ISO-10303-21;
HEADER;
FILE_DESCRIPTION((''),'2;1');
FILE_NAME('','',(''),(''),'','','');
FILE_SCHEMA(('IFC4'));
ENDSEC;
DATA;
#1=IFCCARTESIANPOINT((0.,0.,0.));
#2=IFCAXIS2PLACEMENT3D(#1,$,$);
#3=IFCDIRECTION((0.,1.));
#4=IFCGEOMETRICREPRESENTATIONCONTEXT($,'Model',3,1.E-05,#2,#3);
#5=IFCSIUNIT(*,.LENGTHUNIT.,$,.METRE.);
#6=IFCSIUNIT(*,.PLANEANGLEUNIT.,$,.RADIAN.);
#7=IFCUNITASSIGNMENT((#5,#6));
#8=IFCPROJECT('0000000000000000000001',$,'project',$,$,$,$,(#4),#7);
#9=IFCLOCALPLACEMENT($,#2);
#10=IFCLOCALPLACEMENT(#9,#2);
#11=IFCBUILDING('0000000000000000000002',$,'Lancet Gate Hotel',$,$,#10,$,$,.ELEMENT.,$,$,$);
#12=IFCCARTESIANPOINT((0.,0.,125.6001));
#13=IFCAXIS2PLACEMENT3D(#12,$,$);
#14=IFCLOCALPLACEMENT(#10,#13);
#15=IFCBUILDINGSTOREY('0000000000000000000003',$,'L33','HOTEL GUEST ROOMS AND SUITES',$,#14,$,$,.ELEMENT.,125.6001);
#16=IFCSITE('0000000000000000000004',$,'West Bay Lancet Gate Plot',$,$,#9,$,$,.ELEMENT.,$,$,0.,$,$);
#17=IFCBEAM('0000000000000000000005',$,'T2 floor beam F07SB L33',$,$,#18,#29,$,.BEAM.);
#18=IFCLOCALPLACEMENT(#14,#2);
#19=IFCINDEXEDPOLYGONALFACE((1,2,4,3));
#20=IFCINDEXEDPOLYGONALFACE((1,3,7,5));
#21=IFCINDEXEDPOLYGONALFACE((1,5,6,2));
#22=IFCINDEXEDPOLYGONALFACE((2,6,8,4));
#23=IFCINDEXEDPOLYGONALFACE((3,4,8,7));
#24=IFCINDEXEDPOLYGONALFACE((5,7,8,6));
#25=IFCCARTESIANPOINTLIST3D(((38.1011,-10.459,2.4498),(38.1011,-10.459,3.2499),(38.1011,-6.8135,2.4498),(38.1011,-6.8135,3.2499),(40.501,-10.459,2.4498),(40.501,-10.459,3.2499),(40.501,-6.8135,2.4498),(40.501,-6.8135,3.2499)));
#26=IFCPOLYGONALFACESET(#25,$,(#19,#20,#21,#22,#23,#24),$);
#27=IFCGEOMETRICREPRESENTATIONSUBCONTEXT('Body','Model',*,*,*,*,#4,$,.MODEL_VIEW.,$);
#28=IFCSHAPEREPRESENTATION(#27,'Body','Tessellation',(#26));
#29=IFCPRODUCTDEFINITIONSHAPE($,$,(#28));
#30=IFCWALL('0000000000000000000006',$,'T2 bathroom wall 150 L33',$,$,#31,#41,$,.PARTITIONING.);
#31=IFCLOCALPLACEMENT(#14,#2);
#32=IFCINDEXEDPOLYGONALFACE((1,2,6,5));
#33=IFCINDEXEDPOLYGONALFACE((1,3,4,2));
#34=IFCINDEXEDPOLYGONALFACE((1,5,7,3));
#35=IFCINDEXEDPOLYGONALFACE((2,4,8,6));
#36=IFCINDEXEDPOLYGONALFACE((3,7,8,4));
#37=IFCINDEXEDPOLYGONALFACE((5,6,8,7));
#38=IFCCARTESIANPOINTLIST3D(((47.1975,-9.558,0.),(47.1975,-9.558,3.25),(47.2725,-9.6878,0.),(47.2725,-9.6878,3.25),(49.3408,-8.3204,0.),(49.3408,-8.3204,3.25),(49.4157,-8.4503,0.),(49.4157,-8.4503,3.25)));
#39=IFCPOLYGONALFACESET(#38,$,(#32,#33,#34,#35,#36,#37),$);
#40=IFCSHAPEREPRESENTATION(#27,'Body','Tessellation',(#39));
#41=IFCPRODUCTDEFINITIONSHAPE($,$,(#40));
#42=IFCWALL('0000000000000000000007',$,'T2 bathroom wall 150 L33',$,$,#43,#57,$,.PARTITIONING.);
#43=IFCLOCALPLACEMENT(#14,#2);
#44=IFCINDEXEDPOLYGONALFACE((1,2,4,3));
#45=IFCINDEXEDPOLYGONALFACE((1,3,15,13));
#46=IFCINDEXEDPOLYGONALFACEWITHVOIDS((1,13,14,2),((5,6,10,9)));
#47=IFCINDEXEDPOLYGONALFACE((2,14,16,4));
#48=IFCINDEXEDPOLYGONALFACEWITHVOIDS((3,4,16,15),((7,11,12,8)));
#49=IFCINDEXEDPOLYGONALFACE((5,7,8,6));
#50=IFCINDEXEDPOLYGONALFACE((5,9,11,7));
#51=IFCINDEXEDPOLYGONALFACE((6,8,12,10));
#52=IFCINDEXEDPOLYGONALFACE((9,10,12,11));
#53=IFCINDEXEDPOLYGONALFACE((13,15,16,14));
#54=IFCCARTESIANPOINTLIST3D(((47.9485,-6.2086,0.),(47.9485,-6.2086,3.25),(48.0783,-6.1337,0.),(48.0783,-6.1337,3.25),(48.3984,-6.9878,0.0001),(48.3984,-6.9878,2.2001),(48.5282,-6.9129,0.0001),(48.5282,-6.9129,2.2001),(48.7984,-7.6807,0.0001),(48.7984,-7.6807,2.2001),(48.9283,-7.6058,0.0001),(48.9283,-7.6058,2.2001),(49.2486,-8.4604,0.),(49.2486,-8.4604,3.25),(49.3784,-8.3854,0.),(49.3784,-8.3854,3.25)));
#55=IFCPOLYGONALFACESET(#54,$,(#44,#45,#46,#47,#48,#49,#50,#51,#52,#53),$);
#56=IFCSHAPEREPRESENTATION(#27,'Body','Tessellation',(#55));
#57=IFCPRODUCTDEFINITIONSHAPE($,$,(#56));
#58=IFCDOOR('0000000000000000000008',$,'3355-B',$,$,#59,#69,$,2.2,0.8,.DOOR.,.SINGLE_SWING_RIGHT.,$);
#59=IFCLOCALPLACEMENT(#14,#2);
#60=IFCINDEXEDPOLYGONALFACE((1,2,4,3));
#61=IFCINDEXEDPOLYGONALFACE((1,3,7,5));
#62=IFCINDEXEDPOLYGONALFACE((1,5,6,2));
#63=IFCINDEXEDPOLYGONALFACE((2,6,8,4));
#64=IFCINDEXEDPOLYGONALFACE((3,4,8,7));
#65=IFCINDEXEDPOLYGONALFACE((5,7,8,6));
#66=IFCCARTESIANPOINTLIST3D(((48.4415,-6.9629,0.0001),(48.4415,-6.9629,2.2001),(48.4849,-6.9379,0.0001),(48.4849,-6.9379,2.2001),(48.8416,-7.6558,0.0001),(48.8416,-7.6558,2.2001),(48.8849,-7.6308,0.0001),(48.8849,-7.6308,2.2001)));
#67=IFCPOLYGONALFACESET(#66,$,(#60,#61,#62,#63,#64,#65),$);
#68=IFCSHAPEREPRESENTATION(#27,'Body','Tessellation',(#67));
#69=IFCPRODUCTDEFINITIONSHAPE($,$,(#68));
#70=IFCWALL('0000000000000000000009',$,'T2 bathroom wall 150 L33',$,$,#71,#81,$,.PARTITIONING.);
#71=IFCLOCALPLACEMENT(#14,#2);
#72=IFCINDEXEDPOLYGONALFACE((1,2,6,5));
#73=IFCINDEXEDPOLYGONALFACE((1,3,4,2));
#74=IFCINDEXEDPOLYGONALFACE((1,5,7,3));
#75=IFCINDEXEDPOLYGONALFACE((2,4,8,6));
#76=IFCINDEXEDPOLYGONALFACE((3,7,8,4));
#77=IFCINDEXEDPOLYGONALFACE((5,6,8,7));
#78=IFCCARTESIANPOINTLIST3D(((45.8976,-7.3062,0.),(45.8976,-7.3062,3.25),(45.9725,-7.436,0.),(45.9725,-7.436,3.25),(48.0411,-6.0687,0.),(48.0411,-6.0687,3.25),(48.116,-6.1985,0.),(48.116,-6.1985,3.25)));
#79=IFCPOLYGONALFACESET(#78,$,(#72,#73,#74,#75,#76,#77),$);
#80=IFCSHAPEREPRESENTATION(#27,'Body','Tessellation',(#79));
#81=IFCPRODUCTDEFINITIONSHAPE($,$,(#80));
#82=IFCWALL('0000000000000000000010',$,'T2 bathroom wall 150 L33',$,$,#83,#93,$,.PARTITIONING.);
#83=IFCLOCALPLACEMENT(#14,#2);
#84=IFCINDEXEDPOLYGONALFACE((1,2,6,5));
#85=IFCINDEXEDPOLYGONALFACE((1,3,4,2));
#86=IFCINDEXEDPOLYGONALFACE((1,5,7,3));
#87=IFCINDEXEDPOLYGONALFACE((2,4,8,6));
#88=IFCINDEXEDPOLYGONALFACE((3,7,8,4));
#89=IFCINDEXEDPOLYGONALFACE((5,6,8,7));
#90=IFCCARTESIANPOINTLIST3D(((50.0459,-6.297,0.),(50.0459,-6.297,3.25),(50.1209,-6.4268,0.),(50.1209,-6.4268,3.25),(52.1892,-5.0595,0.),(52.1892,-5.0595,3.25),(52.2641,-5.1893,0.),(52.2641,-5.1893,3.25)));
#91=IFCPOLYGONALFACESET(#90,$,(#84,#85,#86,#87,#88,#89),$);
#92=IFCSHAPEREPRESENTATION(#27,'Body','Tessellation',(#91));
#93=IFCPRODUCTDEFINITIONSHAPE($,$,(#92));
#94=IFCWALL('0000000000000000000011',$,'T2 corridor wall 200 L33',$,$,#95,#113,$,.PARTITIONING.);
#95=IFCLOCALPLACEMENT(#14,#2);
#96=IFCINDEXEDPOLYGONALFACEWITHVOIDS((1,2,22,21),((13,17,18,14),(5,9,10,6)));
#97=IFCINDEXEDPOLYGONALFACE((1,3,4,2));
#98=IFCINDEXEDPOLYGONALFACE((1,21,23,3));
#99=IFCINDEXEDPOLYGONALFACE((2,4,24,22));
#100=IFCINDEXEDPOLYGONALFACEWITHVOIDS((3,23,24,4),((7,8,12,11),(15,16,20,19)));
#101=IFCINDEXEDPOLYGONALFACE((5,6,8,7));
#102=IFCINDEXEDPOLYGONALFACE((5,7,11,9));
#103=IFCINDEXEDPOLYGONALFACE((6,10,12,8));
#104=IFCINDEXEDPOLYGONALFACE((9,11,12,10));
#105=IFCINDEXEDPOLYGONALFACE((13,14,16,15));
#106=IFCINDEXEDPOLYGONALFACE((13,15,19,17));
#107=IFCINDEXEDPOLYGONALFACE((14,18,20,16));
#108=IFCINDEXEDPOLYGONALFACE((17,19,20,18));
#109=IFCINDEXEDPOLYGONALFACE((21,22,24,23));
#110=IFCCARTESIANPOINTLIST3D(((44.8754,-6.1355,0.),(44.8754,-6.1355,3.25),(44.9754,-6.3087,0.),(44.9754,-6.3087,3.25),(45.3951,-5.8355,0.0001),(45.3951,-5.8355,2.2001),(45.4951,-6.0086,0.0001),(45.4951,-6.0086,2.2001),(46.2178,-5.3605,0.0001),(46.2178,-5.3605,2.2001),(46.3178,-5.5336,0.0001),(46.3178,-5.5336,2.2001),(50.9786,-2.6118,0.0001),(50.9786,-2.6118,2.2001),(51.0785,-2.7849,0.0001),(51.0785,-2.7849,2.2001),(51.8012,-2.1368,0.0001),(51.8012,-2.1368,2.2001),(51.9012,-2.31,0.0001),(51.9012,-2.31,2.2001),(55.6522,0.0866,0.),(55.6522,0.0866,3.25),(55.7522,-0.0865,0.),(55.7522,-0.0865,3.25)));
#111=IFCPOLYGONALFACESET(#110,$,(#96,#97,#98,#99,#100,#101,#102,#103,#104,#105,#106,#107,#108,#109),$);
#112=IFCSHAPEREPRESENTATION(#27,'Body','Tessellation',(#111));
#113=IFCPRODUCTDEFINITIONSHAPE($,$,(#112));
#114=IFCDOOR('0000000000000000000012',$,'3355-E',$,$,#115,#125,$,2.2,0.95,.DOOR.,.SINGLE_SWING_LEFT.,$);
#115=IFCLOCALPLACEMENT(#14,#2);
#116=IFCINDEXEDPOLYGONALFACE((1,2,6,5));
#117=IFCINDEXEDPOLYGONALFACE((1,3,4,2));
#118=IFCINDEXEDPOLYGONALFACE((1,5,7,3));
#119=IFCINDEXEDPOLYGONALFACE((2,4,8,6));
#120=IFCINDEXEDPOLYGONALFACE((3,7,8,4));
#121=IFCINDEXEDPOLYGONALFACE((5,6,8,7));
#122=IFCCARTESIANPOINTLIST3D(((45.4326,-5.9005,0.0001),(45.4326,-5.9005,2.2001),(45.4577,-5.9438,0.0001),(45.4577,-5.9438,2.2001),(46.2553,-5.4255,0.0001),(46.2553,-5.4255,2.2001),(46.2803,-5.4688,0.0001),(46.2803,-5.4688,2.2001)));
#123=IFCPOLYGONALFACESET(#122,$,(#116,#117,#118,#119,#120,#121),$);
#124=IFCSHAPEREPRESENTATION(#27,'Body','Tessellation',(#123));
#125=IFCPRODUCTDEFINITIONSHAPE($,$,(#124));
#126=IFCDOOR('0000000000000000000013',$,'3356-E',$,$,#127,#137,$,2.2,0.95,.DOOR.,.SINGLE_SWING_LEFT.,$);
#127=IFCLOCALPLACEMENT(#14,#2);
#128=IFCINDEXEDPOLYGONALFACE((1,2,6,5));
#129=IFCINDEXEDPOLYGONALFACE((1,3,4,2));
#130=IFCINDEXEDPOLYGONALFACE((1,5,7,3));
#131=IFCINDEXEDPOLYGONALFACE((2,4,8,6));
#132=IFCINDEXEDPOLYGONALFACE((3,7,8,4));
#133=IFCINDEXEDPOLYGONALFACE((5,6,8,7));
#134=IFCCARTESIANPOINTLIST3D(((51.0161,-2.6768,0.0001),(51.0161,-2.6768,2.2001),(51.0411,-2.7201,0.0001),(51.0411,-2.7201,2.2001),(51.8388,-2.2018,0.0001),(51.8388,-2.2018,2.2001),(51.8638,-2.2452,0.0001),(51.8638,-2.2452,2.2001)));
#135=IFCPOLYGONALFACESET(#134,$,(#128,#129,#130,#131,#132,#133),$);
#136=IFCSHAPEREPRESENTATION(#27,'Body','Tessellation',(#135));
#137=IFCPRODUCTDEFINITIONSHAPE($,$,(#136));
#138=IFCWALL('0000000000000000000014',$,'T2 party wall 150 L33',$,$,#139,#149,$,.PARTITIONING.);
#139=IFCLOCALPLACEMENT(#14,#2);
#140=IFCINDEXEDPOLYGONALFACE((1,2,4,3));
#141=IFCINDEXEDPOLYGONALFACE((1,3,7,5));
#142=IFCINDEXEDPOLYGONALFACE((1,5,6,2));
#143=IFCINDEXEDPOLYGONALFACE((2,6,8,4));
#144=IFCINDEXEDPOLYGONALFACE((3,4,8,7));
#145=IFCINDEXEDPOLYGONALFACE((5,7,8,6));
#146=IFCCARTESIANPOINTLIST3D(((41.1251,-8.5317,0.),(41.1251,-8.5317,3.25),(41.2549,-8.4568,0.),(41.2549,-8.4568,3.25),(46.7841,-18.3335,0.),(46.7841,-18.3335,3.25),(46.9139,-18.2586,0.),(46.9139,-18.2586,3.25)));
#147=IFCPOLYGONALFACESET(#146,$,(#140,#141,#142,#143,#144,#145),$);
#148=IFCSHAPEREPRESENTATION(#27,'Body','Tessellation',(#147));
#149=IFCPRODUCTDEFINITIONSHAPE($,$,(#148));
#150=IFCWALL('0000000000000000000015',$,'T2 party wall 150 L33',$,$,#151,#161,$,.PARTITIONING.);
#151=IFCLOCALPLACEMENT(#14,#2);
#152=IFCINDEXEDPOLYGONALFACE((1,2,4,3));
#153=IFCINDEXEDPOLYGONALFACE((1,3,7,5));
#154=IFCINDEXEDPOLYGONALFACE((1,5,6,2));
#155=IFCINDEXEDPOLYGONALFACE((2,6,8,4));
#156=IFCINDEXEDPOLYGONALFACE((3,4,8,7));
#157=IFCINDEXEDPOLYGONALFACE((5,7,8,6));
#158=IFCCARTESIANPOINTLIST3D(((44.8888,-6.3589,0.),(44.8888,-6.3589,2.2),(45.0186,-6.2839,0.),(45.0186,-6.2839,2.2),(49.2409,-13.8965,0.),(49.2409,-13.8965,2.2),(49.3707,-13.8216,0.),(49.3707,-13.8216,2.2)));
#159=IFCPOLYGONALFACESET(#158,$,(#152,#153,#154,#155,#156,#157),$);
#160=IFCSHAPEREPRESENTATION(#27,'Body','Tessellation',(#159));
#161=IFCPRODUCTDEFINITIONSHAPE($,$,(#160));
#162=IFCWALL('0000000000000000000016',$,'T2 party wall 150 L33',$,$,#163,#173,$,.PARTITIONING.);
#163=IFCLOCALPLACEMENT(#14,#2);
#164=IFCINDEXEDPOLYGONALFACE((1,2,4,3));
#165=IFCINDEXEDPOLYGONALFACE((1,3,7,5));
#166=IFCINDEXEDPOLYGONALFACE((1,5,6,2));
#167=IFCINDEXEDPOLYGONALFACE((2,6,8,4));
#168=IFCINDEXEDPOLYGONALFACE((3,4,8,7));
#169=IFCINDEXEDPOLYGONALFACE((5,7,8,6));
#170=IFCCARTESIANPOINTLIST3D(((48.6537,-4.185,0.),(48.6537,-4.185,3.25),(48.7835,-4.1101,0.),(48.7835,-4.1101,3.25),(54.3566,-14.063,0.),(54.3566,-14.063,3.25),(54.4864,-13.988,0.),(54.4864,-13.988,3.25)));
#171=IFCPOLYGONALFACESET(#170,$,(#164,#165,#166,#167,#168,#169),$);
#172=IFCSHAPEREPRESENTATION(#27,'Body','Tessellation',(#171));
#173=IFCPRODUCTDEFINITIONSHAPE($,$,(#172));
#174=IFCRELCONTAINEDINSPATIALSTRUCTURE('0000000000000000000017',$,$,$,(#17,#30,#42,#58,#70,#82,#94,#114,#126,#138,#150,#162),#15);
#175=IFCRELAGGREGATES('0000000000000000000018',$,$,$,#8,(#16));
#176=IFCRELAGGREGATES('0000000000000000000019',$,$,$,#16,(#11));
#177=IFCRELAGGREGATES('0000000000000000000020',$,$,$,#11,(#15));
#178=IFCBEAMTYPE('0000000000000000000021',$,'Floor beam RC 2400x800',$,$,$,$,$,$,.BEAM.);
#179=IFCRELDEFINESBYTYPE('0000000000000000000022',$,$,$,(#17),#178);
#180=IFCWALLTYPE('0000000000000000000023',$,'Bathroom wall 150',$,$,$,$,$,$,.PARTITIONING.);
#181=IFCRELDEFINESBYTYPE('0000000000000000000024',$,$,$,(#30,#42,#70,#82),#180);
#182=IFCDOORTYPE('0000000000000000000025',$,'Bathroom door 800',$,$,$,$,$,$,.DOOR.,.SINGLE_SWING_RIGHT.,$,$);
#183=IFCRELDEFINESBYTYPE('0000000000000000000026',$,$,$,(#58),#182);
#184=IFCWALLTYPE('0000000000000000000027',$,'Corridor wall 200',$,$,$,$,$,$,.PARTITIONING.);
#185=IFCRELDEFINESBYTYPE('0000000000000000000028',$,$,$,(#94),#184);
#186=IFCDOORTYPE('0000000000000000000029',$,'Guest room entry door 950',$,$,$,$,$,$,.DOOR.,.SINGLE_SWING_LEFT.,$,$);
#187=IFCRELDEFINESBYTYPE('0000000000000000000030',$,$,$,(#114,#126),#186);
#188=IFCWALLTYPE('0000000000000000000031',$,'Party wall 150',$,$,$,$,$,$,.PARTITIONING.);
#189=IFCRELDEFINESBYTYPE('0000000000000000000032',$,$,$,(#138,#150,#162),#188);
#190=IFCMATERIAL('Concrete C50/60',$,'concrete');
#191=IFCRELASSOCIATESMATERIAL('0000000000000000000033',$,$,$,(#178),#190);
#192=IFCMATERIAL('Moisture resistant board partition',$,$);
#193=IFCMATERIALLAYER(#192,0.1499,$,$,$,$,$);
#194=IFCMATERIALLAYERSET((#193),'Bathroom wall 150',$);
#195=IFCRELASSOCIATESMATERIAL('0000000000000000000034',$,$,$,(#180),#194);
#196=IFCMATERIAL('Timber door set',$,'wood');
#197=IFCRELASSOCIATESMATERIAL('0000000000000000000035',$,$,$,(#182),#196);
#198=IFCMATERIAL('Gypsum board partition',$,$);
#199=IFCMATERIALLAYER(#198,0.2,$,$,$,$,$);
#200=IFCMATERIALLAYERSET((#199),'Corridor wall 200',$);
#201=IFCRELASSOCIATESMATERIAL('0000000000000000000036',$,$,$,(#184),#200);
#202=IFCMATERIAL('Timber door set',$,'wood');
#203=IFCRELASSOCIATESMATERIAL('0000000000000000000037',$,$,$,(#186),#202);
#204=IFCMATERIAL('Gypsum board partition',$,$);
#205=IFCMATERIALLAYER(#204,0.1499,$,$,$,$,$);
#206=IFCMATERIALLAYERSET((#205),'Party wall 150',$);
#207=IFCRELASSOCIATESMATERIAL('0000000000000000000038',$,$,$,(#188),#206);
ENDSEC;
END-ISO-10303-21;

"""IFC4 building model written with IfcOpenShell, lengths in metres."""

from ifc_helpers import new_model, si_unit, direction, frame, frame_2d, origin, origin_2d, place, context, subcontext, project, spatial, rectangle, extrude, material, layer, layer_set, material_profile, profile_set, type_object, element, fill, save


model = new_model("IFC4")

# Units and contexts
model_context = context("Model", 3, precision=1e-05, world=origin(), true_north=direction((0.0, 1.0)))
body_context = subcontext(model_context, "Body", "Model", "MODEL_VIEW")
ifc_project = project(units=[si_unit("LENGTHUNIT", "METRE"), si_unit("PLANEANGLEUNIT", "RADIAN")], contexts=[model_context])

# Site, building, storey
site_placement = place(None, origin())
site = spatial("IfcSite", under=ifc_project, at=site_placement, Name="West Bay Lancet Gate Plot", CompositionType="ELEMENT", RefElevation=0.0)
building_placement = place(site_placement, origin())
building = spatial("IfcBuilding", under=site, at=building_placement, Name="Lancet Gate Hotel", CompositionType="ELEMENT")
storey_placement = place(building_placement, frame((0.0, 0.0, 125.6001)))
storey = spatial("IfcBuildingStorey", under=building, at=storey_placement, Name="L33", Description="HOTEL GUEST ROOMS AND SUITES", CompositionType="ELEMENT", Elevation=125.6001)

# Beam
ifc_material_1 = material(Name="Concrete C50/60", Category="concrete")
ifc_material_profile = material_profile(ifc_material_1, rectangle(XDim=2.3999, YDim=0.8, at=origin_2d()), Name="RC 2400x800")
ifc_profile_set = profile_set([ifc_material_profile], Name="Concrete C50/60")
beam_type = type_object("IfcBeamType", Name="Floor beam RC 2400x800", PredefinedType="BEAM", material=ifc_profile_set)
beam_placement = place(storey_placement, frame((39.301, -10.459, 2.8499), z_axis=(0.0, 1.0, 0.0), x_axis=(-1.0, 0.0, 0.0)))
element("IfcBeam", 1, at=beam_placement, inside=storey, type_object=beam_type, Name="T2 floor beam F07SB L33", PredefinedType="BEAM", context=body_context, shape_type="SweptSolid", body=[
    extrude(rectangle(XDim=2.3999, YDim=0.8, at=origin_2d()), origin(), (0.0, 0.0, 1.0), 3.6455),
])

# Wall
ifc_material_2 = material(Name="Moisture resistant board partition")
ifc_layer_1 = layer(ifc_material_2, 0.1499)
ifc_layer_set_1 = layer_set([ifc_layer_1], Name="Bathroom wall 150")
wall_type_1 = type_object("IfcWallType", Name="Bathroom wall 150", PredefinedType="PARTITIONING", material=ifc_layer_set_1)
wall_1_placement = place(storey_placement, frame((47.2351, -9.6228, 0.0), z_axis=(0.0, 0.0, 1.0), x_axis=(0.866007, 0.500033, 0.0)))
element("IfcWall", 2, at=wall_1_placement, inside=storey, type_object=wall_type_1, Name="T2 bathroom wall 150 L33", PredefinedType="PARTITIONING", context=body_context, shape_type="SweptSolid", body=[
    extrude(rectangle(XDim=2.4749, YDim=0.1499, at=frame_2d((1.2373, 0.0))), origin(), (0.0, 0.0, 1.0), 3.25),
])

# Wall, opening, door
wall_2_placement = place(storey_placement, frame((48.0134, -6.1711, 0.0), z_axis=(0.0, 0.0, 1.0), x_axis=(0.500007, -0.866021, 0.0)))
wall_2 = element("IfcWall", 3, at=wall_2_placement, inside=storey, type_object=wall_type_1, Name="T2 bathroom wall 150 L33", PredefinedType="PARTITIONING", context=body_context, shape_type="SweptSolid", body=[
    extrude(rectangle(XDim=2.6001, YDim=0.1499, at=frame_2d((1.3, 0.0))), origin(), (0.0, 0.0, 1.0), 3.25),
])
opening_1_placement = place(wall_2_placement, frame((0.8999, 0.0, 0.0)))
opening_1 = element("IfcOpeningElement", 4, at=opening_1_placement, cuts=wall_2, PredefinedType="OPENING", context=body_context, shape_type="SweptSolid", body=[
    extrude(rectangle(XDim=0.8, YDim=2.2, at=frame_2d((0.3999, 1.1001))), frame((0.0, 0.085, 0.0), z_axis=(0.0, -1.0, 0.0), x_axis=(1.0, 0.0, 0.0)), (0.0, 0.0, 1.0), 0.1699),
])
ifc_material_3 = material(Name="Timber door set", Category="wood")
door_type_1 = type_object("IfcDoorType", Name="Bathroom door 800", OperationType="SINGLE_SWING_RIGHT", PredefinedType="DOOR", material=ifc_material_3)
door_1_placement = place(opening_1_placement, origin())
door_1 = element("IfcDoor", 5, at=door_1_placement, inside=storey, type_object=door_type_1, Name="3355-B", OperationType="SINGLE_SWING_RIGHT", OverallHeight=2.2, OverallWidth=0.8, PredefinedType="DOOR", context=body_context, shape_type="SweptSolid", body=[
    extrude(rectangle(XDim=0.8, YDim=2.2, at=frame_2d((0.3999, 1.1001))), frame((0.0, 0.0249, 0.0), z_axis=(0.0, -1.0, 0.0), x_axis=(1.0, 0.0, 0.0)), (0.0, 0.0, 1.0), 0.05),
])
fill(opening_1, door_1)

# Walls
wall_3_placement = place(storey_placement, frame((45.9351, -7.3711, 0.0), z_axis=(0.0, 0.0, 1.0), x_axis=(0.866031, 0.49999, 0.0)))
element("IfcWall", 6, at=wall_3_placement, inside=storey, type_object=wall_type_1, Name="T2 bathroom wall 150 L33", PredefinedType="PARTITIONING", context=body_context, shape_type="SweptSolid", body=[
    extrude(rectangle(XDim=2.4751, YDim=0.1499, at=frame_2d((1.2375, 0.0))), origin(), (0.0, 0.0, 1.0), 3.25),
])
wall_4_placement = place(storey_placement, frame((50.0835, -6.3618, 0.0), z_axis=(0.0, 0.0, 1.0), x_axis=(0.866007, 0.500033, 0.0)))
element("IfcWall", 7, at=wall_4_placement, inside=storey, type_object=wall_type_1, Name="T2 bathroom wall 150 L33", PredefinedType="PARTITIONING", context=body_context, shape_type="SweptSolid", body=[
    extrude(rectangle(XDim=2.4749, YDim=0.1499, at=frame_2d((1.2373, 0.0))), origin(), (0.0, 0.0, 1.0), 3.25),
])

# Wall, openings, doors
ifc_material_4 = material(Name="Gypsum board partition")
ifc_layer_2 = layer(ifc_material_4, 0.2)
ifc_layer_set_2 = layer_set([ifc_layer_2], Name="Corridor wall 200")
wall_type_2 = type_object("IfcWallType", Name="Corridor wall 200", PredefinedType="PARTITIONING", material=ifc_layer_set_2)
wall_5_placement = place(storey_placement, frame((44.9253, -6.2222, 0.0), z_axis=(0.0, 0.0, 1.0), x_axis=(0.86602, 0.500009, 0.0)))
wall_5 = element("IfcWall", 8, at=wall_5_placement, inside=storey, type_object=wall_type_2, Name="T2 corridor wall 200 L33", PredefinedType="PARTITIONING", context=body_context, shape_type="SweptSolid", body=[
    extrude(rectangle(XDim=12.4441, YDim=0.2, at=frame_2d((6.2222, 0.0))), origin(), (0.0, 0.0, 1.0), 3.25),
])
opening_2_placement = place(wall_5_placement, frame((0.6001, 0.0, 0.0)))
opening_2 = element("IfcOpeningElement", 9, at=opening_2_placement, cuts=wall_5, PredefinedType="OPENING", context=body_context, shape_type="SweptSolid", body=[
    extrude(rectangle(XDim=0.95, YDim=2.2, at=frame_2d((0.4751, 1.1001))), frame((0.0, 0.1099, 0.0), z_axis=(0.0, -1.0, 0.0), x_axis=(1.0, 0.0, 0.0)), (0.0, 0.0, 1.0), 0.22),
])
opening_3_placement = place(wall_5_placement, frame((7.0474, 0.0, 0.0)))
opening_3 = element("IfcOpeningElement", 10, at=opening_3_placement, cuts=wall_5, PredefinedType="OPENING", context=body_context, shape_type="SweptSolid", body=[
    extrude(rectangle(XDim=0.95, YDim=2.2, at=frame_2d((0.4751, 1.1001))), frame((0.0, 0.1099, 0.0), z_axis=(0.0, -1.0, 0.0), x_axis=(1.0, 0.0, 0.0)), (0.0, 0.0, 1.0), 0.22),
])
ifc_material_5 = material(Name="Timber door set", Category="wood")
door_type_2 = type_object("IfcDoorType", Name="Guest room entry door 950", OperationType="SINGLE_SWING_LEFT", PredefinedType="DOOR", material=ifc_material_5)
door_2_placement = place(opening_2_placement, origin())
door_2 = element("IfcDoor", 11, at=door_2_placement, inside=storey, type_object=door_type_2, Name="3355-E", OperationType="SINGLE_SWING_LEFT", OverallHeight=2.2, OverallWidth=0.95, PredefinedType="DOOR", context=body_context, shape_type="SweptSolid", body=[
    extrude(rectangle(XDim=0.95, YDim=2.2, at=frame_2d((0.4751, 1.1001))), frame((0.0, 0.0249, 0.0), z_axis=(0.0, -1.0, 0.0), x_axis=(1.0, 0.0, 0.0)), (0.0, 0.0, 1.0), 0.05),
])
fill(opening_2, door_2)
door_3_placement = place(opening_3_placement, origin())
door_3 = element("IfcDoor", 12, at=door_3_placement, inside=storey, type_object=door_type_2, Name="3356-E", OperationType="SINGLE_SWING_LEFT", OverallHeight=2.2, OverallWidth=0.95, PredefinedType="DOOR", context=body_context, shape_type="SweptSolid", body=[
    extrude(rectangle(XDim=0.95, YDim=2.2, at=frame_2d((0.4751, 1.1001))), frame((0.0, 0.0249, 0.0), z_axis=(0.0, -1.0, 0.0), x_axis=(1.0, 0.0, 0.0)), (0.0, 0.0, 1.0), 0.05),
])
fill(opening_3, door_3)

# Walls
ifc_material_6 = material(Name="Gypsum board partition")
ifc_layer_3 = layer(ifc_material_6, 0.1499)
ifc_layer_set_3 = layer_set([ifc_layer_3], Name="Party wall 150")
wall_type_3 = type_object("IfcWallType", Name="Party wall 150", PredefinedType="PARTITIONING", material=ifc_layer_set_3)
wall_6_placement = place(storey_placement, frame((41.1899, -8.4941, 0.0), z_axis=(0.0, 0.0, 1.0), x_axis=(0.499993, -0.86603, 0.0)))
element("IfcWall", 13, at=wall_6_placement, inside=storey, type_object=wall_type_3, Name="T2 party wall 150 L33", PredefinedType="PARTITIONING", context=body_context, shape_type="SweptSolid", body=[
    extrude(rectangle(XDim=11.3181, YDim=0.1499, at=frame_2d((5.6592, 0.0))), origin(), (0.0, 0.0, 1.0), 3.25),
])
wall_7_placement = place(storey_placement, frame((44.9536, -6.3213, 0.0), z_axis=(0.0, 0.0, 1.0), x_axis=(0.500019, -0.866015, 0.0)))
element("IfcWall", 14, at=wall_7_placement, inside=storey, type_object=wall_type_3, Name="T2 party wall 150 L33", PredefinedType="PARTITIONING", context=body_context, shape_type="SweptSolid", body=[
    extrude(rectangle(XDim=8.7039, YDim=0.1499, at=frame_2d((4.3521, 0.0))), origin(), (0.0, 0.0, 1.0), 2.2),
])
wall_8_placement = place(storey_placement, frame((48.7185, -4.1475, 0.0), z_axis=(0.0, 0.0, 1.0), x_axis=(0.49999, -0.866031, 0.0)))
element("IfcWall", 15, at=wall_8_placement, inside=storey, type_object=wall_type_3, Name="T2 party wall 150 L33", PredefinedType="PARTITIONING", context=body_context, shape_type="SweptSolid", body=[
    extrude(rectangle(XDim=11.406, YDim=0.1499, at=frame_2d((5.7031, 0.0))), origin(), (0.0, 0.0, 1.0), 3.25),
])

save(model, "model.ifc")
